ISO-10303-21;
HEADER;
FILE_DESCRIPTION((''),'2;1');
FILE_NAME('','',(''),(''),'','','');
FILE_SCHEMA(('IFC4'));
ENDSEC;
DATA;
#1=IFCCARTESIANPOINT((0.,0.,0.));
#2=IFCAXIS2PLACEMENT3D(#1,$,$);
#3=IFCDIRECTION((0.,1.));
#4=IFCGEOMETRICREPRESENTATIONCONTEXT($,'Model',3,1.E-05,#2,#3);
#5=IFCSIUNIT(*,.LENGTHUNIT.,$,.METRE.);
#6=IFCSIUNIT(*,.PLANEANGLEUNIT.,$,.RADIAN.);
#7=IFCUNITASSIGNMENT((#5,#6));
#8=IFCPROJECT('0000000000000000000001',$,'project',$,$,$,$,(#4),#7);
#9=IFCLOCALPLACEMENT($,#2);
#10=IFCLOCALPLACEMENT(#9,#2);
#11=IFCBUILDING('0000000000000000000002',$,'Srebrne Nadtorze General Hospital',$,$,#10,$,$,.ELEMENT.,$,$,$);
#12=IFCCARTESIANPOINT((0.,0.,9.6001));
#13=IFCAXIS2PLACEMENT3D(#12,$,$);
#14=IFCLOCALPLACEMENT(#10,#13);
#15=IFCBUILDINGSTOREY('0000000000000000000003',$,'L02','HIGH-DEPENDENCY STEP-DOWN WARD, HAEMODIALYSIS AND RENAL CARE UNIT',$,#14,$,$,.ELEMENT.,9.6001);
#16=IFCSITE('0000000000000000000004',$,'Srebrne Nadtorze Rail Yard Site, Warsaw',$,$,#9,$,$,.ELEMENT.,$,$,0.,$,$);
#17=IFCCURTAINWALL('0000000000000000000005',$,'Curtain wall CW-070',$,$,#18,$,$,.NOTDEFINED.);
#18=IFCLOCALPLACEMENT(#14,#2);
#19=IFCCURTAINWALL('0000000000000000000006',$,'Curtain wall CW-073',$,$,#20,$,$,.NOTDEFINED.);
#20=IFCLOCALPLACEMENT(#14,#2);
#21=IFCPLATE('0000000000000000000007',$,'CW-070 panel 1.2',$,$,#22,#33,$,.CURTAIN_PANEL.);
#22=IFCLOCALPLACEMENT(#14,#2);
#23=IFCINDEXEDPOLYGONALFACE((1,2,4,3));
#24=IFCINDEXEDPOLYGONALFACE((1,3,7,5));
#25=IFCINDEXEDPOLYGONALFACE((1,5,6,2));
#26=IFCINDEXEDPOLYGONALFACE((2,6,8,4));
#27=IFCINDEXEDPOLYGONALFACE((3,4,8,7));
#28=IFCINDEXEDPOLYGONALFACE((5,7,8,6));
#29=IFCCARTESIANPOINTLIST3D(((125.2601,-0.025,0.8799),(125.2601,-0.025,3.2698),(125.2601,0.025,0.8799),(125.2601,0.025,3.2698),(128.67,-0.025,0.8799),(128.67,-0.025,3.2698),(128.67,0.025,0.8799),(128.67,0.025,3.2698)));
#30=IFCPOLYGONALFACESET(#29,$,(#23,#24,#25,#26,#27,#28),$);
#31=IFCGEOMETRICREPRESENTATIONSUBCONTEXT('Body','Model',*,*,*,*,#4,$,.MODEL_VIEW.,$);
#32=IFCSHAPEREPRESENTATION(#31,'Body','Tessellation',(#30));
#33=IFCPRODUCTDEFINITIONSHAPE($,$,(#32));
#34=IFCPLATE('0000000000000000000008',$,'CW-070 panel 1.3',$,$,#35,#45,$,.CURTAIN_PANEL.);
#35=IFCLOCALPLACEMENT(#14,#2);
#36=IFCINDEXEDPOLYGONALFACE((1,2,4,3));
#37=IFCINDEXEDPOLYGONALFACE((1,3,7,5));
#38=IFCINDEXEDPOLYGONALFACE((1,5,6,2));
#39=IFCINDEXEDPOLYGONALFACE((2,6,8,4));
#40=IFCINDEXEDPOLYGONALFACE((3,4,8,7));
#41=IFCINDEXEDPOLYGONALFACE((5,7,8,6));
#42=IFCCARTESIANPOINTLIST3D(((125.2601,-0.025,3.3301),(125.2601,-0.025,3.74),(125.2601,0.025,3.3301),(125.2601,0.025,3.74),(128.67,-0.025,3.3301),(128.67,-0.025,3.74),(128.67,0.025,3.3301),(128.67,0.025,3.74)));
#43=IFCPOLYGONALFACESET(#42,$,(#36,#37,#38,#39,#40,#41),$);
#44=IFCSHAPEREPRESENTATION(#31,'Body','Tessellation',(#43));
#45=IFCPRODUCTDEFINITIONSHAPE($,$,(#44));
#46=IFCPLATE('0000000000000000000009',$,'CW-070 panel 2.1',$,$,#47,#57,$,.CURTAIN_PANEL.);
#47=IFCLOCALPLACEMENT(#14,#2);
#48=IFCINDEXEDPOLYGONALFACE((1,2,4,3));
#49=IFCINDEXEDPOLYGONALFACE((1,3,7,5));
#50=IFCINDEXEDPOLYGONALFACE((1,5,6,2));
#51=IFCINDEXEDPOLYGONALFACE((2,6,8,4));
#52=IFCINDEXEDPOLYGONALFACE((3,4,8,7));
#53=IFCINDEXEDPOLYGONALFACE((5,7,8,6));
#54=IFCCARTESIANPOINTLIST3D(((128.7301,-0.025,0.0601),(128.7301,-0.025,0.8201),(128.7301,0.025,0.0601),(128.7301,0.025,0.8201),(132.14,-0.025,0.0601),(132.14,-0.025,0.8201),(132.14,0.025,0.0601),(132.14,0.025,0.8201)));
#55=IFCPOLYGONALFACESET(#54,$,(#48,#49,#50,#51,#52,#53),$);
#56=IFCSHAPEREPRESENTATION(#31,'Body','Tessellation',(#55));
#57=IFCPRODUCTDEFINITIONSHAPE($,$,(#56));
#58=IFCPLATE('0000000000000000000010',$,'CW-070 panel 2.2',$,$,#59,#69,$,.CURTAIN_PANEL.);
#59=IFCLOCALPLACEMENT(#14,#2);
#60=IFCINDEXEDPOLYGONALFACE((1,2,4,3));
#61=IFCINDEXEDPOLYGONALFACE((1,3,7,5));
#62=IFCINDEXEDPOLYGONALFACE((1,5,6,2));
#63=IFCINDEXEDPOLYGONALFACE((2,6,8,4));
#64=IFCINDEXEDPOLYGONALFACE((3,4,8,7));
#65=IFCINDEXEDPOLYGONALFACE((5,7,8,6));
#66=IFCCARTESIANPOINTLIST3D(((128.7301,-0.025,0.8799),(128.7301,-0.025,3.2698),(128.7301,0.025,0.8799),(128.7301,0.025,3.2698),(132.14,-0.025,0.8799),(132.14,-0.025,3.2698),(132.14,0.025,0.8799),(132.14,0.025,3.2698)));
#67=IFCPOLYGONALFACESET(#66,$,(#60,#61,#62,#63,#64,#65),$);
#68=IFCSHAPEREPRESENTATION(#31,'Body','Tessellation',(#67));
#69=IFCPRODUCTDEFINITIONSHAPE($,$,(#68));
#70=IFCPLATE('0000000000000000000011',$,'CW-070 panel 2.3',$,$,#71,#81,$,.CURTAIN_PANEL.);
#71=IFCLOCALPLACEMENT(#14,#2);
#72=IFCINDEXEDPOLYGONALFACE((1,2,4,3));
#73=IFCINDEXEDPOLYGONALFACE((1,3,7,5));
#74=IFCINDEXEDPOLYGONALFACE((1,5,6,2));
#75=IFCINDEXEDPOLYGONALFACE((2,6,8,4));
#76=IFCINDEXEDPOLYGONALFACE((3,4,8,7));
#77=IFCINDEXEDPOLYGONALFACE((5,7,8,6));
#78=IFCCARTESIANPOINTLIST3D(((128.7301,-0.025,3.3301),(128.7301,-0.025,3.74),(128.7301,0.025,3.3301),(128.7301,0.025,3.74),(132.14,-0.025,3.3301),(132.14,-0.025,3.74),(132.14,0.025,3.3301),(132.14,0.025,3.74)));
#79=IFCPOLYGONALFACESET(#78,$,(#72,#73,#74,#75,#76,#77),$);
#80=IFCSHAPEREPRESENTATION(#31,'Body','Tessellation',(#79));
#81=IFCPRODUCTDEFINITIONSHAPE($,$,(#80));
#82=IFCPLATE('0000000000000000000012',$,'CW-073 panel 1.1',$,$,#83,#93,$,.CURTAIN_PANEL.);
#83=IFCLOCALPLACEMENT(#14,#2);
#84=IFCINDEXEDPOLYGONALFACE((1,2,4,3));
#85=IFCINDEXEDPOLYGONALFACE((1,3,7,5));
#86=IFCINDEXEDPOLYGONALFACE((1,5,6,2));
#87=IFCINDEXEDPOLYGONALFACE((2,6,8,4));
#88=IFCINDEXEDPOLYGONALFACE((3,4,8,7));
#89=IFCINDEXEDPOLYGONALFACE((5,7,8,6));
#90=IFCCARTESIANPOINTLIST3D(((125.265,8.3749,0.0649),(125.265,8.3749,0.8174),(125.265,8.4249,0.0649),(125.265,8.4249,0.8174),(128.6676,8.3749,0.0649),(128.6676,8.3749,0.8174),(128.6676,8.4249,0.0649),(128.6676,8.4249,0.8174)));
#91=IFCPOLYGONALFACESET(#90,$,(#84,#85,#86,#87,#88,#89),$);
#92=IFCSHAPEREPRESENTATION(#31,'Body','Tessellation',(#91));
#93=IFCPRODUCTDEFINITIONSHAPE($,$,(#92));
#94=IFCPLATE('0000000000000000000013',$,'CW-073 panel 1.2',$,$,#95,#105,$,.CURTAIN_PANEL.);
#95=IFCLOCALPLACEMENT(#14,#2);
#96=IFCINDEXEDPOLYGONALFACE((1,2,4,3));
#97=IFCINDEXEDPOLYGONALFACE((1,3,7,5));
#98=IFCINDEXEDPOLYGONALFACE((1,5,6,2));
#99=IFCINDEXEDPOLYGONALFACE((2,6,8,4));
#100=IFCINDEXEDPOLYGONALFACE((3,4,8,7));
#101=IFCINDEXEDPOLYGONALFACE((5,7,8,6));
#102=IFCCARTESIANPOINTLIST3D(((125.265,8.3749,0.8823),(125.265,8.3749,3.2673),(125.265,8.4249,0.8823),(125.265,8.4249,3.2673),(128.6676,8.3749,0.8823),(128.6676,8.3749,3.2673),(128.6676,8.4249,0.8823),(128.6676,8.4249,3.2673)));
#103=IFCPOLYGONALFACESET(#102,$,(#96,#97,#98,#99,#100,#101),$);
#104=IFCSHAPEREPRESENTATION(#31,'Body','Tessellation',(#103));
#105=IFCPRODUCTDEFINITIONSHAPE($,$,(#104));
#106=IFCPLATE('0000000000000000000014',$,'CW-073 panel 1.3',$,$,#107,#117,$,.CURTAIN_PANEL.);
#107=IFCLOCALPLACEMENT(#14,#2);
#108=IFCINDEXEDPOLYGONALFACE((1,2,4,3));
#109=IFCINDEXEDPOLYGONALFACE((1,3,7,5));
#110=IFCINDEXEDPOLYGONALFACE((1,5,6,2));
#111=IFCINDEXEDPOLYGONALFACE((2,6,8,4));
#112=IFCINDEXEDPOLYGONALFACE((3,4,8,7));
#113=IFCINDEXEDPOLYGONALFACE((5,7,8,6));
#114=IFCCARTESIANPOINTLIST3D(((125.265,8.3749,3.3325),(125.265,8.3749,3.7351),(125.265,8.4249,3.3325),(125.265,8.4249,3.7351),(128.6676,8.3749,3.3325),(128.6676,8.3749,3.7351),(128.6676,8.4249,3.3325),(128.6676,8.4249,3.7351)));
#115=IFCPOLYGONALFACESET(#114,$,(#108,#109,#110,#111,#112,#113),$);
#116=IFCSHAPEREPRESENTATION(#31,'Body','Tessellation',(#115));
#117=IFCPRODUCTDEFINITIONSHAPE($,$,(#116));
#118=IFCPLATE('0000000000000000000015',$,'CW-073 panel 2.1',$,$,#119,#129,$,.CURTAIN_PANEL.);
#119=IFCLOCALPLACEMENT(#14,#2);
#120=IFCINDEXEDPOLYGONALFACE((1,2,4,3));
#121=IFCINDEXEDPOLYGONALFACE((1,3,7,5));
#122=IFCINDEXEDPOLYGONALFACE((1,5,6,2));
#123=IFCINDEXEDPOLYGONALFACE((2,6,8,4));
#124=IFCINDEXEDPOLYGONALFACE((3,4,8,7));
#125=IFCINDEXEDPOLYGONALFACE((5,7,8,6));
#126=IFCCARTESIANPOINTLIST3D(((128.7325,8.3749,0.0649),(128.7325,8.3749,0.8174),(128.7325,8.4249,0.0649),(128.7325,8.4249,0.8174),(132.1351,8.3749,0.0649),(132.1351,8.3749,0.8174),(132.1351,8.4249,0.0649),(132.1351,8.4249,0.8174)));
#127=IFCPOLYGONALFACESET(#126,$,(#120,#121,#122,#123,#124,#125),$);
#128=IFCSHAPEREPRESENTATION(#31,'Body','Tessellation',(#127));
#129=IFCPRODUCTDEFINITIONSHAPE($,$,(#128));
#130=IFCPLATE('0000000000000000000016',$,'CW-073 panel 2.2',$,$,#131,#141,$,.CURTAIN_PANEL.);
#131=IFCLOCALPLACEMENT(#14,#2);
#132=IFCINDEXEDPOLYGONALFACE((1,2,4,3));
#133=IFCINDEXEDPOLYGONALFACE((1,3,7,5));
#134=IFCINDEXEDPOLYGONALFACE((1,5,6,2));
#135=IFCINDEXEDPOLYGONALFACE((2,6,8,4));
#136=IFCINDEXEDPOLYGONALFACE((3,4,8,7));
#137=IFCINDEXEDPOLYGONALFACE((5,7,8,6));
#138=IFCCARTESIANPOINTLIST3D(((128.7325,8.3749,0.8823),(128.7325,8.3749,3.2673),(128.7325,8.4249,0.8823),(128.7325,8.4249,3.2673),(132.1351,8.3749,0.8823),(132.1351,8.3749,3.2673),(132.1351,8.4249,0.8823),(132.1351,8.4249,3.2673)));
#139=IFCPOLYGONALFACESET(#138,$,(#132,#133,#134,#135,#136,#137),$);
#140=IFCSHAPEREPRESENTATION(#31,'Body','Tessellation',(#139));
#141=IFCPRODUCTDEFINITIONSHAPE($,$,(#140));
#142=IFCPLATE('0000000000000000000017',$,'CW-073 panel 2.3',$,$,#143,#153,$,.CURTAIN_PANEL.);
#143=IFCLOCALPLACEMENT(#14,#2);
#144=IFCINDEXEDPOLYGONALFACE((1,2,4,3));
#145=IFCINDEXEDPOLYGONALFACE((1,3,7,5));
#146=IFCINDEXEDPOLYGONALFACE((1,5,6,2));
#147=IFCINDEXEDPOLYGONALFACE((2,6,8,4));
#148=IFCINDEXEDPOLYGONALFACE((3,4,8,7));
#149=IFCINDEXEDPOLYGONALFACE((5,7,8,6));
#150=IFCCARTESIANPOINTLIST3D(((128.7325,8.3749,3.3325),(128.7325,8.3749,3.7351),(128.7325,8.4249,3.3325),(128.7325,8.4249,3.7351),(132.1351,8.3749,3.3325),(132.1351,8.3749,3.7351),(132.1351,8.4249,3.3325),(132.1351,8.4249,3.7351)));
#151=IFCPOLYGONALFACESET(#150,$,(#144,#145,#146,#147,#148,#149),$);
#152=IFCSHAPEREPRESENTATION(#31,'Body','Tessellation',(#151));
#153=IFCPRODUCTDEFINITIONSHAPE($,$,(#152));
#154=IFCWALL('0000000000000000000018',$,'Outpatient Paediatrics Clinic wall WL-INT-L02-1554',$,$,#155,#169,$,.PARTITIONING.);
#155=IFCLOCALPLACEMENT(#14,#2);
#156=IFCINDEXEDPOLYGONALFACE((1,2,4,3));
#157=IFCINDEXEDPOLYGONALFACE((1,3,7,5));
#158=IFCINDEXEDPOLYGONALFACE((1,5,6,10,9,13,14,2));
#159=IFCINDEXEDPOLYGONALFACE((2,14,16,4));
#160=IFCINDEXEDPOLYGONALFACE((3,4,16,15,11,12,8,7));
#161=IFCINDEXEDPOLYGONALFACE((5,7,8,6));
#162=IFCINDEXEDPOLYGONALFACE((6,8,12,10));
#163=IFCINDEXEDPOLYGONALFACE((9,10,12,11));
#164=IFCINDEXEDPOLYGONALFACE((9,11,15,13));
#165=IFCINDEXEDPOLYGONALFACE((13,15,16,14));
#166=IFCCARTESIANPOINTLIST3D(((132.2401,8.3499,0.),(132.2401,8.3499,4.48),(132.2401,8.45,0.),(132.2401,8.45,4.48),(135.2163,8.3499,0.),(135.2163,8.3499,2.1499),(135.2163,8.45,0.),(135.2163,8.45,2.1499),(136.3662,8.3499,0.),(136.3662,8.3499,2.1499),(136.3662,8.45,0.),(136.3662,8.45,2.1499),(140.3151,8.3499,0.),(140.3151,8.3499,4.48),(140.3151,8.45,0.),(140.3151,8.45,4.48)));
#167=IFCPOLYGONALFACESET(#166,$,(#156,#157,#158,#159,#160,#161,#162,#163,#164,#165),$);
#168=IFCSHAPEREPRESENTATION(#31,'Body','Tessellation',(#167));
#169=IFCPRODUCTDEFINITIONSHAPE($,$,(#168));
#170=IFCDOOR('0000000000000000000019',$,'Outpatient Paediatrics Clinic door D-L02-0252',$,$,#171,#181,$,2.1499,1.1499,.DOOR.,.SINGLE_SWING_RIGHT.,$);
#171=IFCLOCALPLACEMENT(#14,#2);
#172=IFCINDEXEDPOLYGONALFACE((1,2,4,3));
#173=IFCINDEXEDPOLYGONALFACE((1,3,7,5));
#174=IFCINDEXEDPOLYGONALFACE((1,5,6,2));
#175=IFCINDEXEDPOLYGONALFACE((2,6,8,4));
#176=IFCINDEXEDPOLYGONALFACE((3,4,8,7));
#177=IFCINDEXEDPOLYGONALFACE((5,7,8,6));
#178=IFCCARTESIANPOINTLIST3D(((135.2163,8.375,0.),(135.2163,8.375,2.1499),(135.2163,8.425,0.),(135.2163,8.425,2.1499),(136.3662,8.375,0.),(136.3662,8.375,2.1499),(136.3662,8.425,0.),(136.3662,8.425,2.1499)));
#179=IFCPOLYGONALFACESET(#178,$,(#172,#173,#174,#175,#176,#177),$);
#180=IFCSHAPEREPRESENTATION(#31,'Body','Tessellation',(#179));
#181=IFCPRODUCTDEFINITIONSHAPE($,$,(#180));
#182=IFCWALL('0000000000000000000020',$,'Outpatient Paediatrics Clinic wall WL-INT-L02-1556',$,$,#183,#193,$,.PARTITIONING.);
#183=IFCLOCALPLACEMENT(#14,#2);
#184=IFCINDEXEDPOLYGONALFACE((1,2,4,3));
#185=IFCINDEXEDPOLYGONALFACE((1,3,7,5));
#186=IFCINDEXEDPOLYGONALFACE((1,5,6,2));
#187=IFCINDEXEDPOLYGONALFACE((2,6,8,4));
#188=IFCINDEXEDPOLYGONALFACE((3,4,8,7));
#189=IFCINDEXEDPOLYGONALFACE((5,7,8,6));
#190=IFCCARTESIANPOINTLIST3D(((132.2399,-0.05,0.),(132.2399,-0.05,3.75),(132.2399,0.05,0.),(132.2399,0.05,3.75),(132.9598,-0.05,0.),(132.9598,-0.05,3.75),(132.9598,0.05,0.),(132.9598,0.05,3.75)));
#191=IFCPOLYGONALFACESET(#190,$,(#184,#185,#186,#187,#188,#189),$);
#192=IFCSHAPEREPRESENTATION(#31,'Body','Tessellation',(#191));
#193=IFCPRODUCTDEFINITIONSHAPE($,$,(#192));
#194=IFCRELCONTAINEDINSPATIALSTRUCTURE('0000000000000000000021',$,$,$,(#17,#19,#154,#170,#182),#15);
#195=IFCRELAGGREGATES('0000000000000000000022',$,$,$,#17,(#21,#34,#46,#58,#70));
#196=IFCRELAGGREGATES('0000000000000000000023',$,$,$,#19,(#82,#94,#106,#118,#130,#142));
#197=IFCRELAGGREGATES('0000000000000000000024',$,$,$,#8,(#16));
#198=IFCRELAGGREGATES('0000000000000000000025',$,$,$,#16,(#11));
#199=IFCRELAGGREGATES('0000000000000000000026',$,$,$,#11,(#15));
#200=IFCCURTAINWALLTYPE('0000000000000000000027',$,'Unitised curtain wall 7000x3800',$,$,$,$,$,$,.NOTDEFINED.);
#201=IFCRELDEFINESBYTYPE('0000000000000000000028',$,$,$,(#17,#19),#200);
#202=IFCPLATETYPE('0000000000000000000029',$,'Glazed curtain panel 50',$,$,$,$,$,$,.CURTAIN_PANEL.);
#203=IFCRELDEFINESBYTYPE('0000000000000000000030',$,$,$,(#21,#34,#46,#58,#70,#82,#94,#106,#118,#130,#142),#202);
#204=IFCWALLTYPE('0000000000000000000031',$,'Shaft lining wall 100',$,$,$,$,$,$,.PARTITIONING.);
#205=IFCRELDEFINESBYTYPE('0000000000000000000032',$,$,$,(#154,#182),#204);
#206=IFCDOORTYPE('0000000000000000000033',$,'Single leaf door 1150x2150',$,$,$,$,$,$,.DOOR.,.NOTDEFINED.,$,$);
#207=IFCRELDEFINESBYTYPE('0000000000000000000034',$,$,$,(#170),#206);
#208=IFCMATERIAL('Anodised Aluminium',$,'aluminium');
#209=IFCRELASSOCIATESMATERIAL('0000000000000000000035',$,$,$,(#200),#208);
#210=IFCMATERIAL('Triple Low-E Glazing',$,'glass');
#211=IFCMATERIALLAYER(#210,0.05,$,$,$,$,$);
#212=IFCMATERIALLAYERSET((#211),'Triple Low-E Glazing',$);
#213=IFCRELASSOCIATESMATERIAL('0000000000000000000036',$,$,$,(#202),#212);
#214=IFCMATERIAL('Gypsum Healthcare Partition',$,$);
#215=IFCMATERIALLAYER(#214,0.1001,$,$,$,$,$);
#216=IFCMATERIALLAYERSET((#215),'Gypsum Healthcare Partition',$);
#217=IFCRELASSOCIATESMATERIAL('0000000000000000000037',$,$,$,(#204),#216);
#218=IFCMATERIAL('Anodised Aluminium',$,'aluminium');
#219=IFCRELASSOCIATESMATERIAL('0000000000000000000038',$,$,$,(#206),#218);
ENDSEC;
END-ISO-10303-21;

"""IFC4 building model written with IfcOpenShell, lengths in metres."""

from ifc_helpers import new_model, si_unit, direction, frame, frame_2d, origin, origin_2d, place, context, subcontext, project, spatial, rectangle, extrude, material, layer, layer_set, type_object, element, fill, aggregate, save


model = new_model("IFC4")

# Units and contexts
model_context = context("Model", 3, precision=1e-05, world=origin(), true_north=direction((0.0, 1.0)))
body_context = subcontext(model_context, "Body", "Model", "MODEL_VIEW")
ifc_project = project(units=[si_unit("LENGTHUNIT", "METRE"), si_unit("PLANEANGLEUNIT", "RADIAN")], contexts=[model_context])

# Site, building, storey
site_placement = place(None, origin())
site = spatial("IfcSite", under=ifc_project, at=site_placement, Name="Srebrne Nadtorze Rail Yard Site, Warsaw", CompositionType="ELEMENT", RefElevation=0.0)
building_placement = place(site_placement, origin())
building = spatial("IfcBuilding", under=site, at=building_placement, Name="Srebrne Nadtorze General Hospital", CompositionType="ELEMENT")
storey_placement = place(building_placement, frame((0.0, 0.0, 9.6001)))
storey = spatial("IfcBuildingStorey", under=building, at=storey_placement, Name="L02", Description="HIGH-DEPENDENCY STEP-DOWN WARD, HAEMODIALYSIS AND RENAL CARE UNIT", CompositionType="ELEMENT", Elevation=9.6001)

# Curtain wall
ifc_material_1 = material(Name="Anodised Aluminium", Category="aluminium")
curtain_wall_type_1 = type_object("IfcCurtainWallType", Name="Unitised curtain wall 7000x3800", PredefinedType="NOTDEFINED", material=ifc_material_1)
curtain_wall_1_placement = place(storey_placement, origin())
curtain_wall_1 = element("IfcCurtainWall", 1, at=curtain_wall_1_placement, inside=storey, type_object=curtain_wall_type_1, Name="Curtain wall CW-070", PredefinedType="NOTDEFINED")

# Curtain wall
curtain_wall_2_placement = place(storey_placement, origin())
curtain_wall_2 = element("IfcCurtainWall", 2, at=curtain_wall_2_placement, inside=storey, type_object=curtain_wall_type_1, Name="Curtain wall CW-073", PredefinedType="NOTDEFINED")

# Plates
ifc_material_2 = material(Name="Triple Low-E Glazing", Category="glass")
ifc_layer_1 = layer(ifc_material_2, 0.05)
ifc_layer_set_1 = layer_set([ifc_layer_1], Name="Triple Low-E Glazing")
plate_type = type_object("IfcPlateType", Name="Glazed curtain panel 50", PredefinedType="CURTAIN_PANEL", material=ifc_layer_set_1)
plate_1_placement = place(storey_placement, frame((126.9651, 0.0, 0.8799), z_axis=(0.0, 0.0, 1.0), x_axis=(1.0, 0.0, 0.0)))
plate_1 = element("IfcPlate", 3, at=plate_1_placement, type_object=plate_type, Name="CW-070 panel 1.2", PredefinedType="CURTAIN_PANEL", context=body_context, shape_type="SweptSolid", body=[
    extrude(rectangle(XDim=3.4099, YDim=0.05, at=origin_2d()), origin(), (0.0, 0.0, 1.0), 2.3899),
])
plate_2_placement = place(storey_placement, frame((126.9651, 0.0, 3.3301), z_axis=(0.0, 0.0, 1.0), x_axis=(1.0, 0.0, 0.0)))
plate_2 = element("IfcPlate", 4, at=plate_2_placement, type_object=plate_type, Name="CW-070 panel 1.3", PredefinedType="CURTAIN_PANEL", context=body_context, shape_type="SweptSolid", body=[
    extrude(rectangle(XDim=3.4099, YDim=0.05, at=origin_2d()), origin(), (0.0, 0.0, 1.0), 0.4099),
])
plate_3_placement = place(storey_placement, frame((130.4351, 0.0, 0.0601), z_axis=(0.0, 0.0, 1.0), x_axis=(1.0, 0.0, 0.0)))
plate_3 = element("IfcPlate", 5, at=plate_3_placement, type_object=plate_type, Name="CW-070 panel 2.1", PredefinedType="CURTAIN_PANEL", context=body_context, shape_type="SweptSolid", body=[
    extrude(rectangle(XDim=3.4099, YDim=0.05, at=origin_2d()), origin(), (0.0, 0.0, 1.0), 0.76),
])
plate_4_placement = place(storey_placement, frame((130.4351, 0.0, 0.8799), z_axis=(0.0, 0.0, 1.0), x_axis=(1.0, 0.0, 0.0)))
plate_4 = element("IfcPlate", 6, at=plate_4_placement, type_object=plate_type, Name="CW-070 panel 2.2", PredefinedType="CURTAIN_PANEL", context=body_context, shape_type="SweptSolid", body=[
    extrude(rectangle(XDim=3.4099, YDim=0.05, at=origin_2d()), origin(), (0.0, 0.0, 1.0), 2.3899),
])
plate_5_placement = place(storey_placement, frame((130.4351, 0.0, 3.3301), z_axis=(0.0, 0.0, 1.0), x_axis=(1.0, 0.0, 0.0)))
plate_5 = element("IfcPlate", 7, at=plate_5_placement, type_object=plate_type, Name="CW-070 panel 2.3", PredefinedType="CURTAIN_PANEL", context=body_context, shape_type="SweptSolid", body=[
    extrude(rectangle(XDim=3.4099, YDim=0.05, at=origin_2d()), origin(), (0.0, 0.0, 1.0), 0.4099),
])
aggregate(curtain_wall_1, [plate_1, plate_2, plate_3, plate_4, plate_5])
plate_6_placement = place(storey_placement, frame((126.9663, 8.3999, 0.0649), z_axis=(0.0, 0.0, 1.0), x_axis=(1.0, 0.0, 0.0)))
plate_6 = element("IfcPlate", 8, at=plate_6_placement, type_object=plate_type, Name="CW-073 panel 1.1", PredefinedType="CURTAIN_PANEL", context=body_context, shape_type="SweptSolid", body=[
    extrude(rectangle(XDim=3.4026, YDim=0.05, at=origin_2d()), origin(), (0.0, 0.0, 1.0), 0.7524),
])
plate_7_placement = place(storey_placement, frame((126.9663, 8.3999, 0.8823), z_axis=(0.0, 0.0, 1.0), x_axis=(1.0, 0.0, 0.0)))
plate_7 = element("IfcPlate", 9, at=plate_7_placement, type_object=plate_type, Name="CW-073 panel 1.2", PredefinedType="CURTAIN_PANEL", context=body_context, shape_type="SweptSolid", body=[
    extrude(rectangle(XDim=3.4026, YDim=0.05, at=origin_2d()), origin(), (0.0, 0.0, 1.0), 2.385),
])
plate_8_placement = place(storey_placement, frame((126.9663, 8.3999, 3.3325), z_axis=(0.0, 0.0, 1.0), x_axis=(1.0, 0.0, 0.0)))
plate_8 = element("IfcPlate", 10, at=plate_8_placement, type_object=plate_type, Name="CW-073 panel 1.3", PredefinedType="CURTAIN_PANEL", context=body_context, shape_type="SweptSolid", body=[
    extrude(rectangle(XDim=3.4026, YDim=0.05, at=origin_2d()), origin(), (0.0, 0.0, 1.0), 0.4026),
])
plate_9_placement = place(storey_placement, frame((130.4338, 8.3999, 0.0649), z_axis=(0.0, 0.0, 1.0), x_axis=(1.0, 0.0, 0.0)))
plate_9 = element("IfcPlate", 11, at=plate_9_placement, type_object=plate_type, Name="CW-073 panel 2.1", PredefinedType="CURTAIN_PANEL", context=body_context, shape_type="SweptSolid", body=[
    extrude(rectangle(XDim=3.4026, YDim=0.05, at=origin_2d()), origin(), (0.0, 0.0, 1.0), 0.7524),
])
plate_10_placement = place(storey_placement, frame((130.4338, 8.3999, 0.8823), z_axis=(0.0, 0.0, 1.0), x_axis=(1.0, 0.0, 0.0)))
plate_10 = element("IfcPlate", 12, at=plate_10_placement, type_object=plate_type, Name="CW-073 panel 2.2", PredefinedType="CURTAIN_PANEL", context=body_context, shape_type="SweptSolid", body=[
    extrude(rectangle(XDim=3.4026, YDim=0.05, at=origin_2d()), origin(), (0.0, 0.0, 1.0), 2.385),
])
plate_11_placement = place(storey_placement, frame((130.4338, 8.3999, 3.3325), z_axis=(0.0, 0.0, 1.0), x_axis=(1.0, 0.0, 0.0)))
plate_11 = element("IfcPlate", 13, at=plate_11_placement, type_object=plate_type, Name="CW-073 panel 2.3", PredefinedType="CURTAIN_PANEL", context=body_context, shape_type="SweptSolid", body=[
    extrude(rectangle(XDim=3.4026, YDim=0.05, at=origin_2d()), origin(), (0.0, 0.0, 1.0), 0.4026),
])
aggregate(curtain_wall_2, [plate_6, plate_7, plate_8, plate_9, plate_10, plate_11])

# Wall, opening, door
ifc_material_3 = material(Name="Gypsum Healthcare Partition")
ifc_layer_2 = layer(ifc_material_3, 0.1001)
ifc_layer_set_2 = layer_set([ifc_layer_2], Name="Gypsum Healthcare Partition")
wall_type = type_object("IfcWallType", Name="Shaft lining wall 100", PredefinedType="PARTITIONING", material=ifc_layer_set_2)
wall_1_placement = place(storey_placement, frame((132.24, 8.3999, 0.0), z_axis=(0.0, 0.0, 1.0), x_axis=(1.0, 0.0, 0.0)))
wall_1 = element("IfcWall", 14, at=wall_1_placement, inside=storey, type_object=wall_type, Name="Outpatient Paediatrics Clinic wall WL-INT-L02-1554", PredefinedType="PARTITIONING", context=body_context, shape_type="SweptSolid", body=[
    extrude(rectangle(XDim=8.075, YDim=0.1001, at=frame_2d((4.0376, 0.0))), origin(), (0.0, 0.0, 1.0), 4.48),
])
opening_placement = place(wall_1_placement, frame((2.9763, 0.0, 0.0)))
opening = element("IfcOpeningElement", 15, at=opening_placement, cuts=wall_1, PredefinedType="OPENING", context=body_context, shape_type="SweptSolid", body=[
    extrude(rectangle(XDim=1.1499, YDim=2.1499, at=frame_2d((0.575, 1.075))), frame((0.0, 0.062, 0.0), z_axis=(0.0, -1.0, 0.0), x_axis=(1.0, 0.0, 0.0)), (0.0, 0.0, 1.0), 0.124),
])
ifc_material_4 = material(Name="Anodised Aluminium", Category="aluminium")
door_type = type_object("IfcDoorType", Name="Single leaf door 1150x2150", OperationType="NOTDEFINED", PredefinedType="DOOR", material=ifc_material_4)
door_placement = place(opening_placement, frame((1.1499, 0.0, 0.0), z_axis=(0.0, 0.0, 1.0), x_axis=(-1.0, 0.0, 0.0)))
door = element("IfcDoor", 16, at=door_placement, inside=storey, type_object=door_type, Name="Outpatient Paediatrics Clinic door D-L02-0252", OperationType="SINGLE_SWING_RIGHT", OverallHeight=2.1499, OverallWidth=1.1499, PredefinedType="DOOR", context=body_context, shape_type="SweptSolid", body=[
    extrude(rectangle(XDim=1.1499, YDim=2.1499, at=frame_2d((0.575, 1.075))), frame((0.0, 0.0249, 0.0), z_axis=(0.0, -1.0, 0.0), x_axis=(1.0, 0.0, 0.0)), (0.0, 0.0, 1.0), 0.05),
])
fill(opening, door)

# Wall
wall_2_placement = place(storey_placement, frame((132.24, 0.0, 0.0), z_axis=(0.0, 0.0, 1.0), x_axis=(1.0, 0.0, 0.0)))
element("IfcWall", 17, at=wall_2_placement, inside=storey, type_object=wall_type, Name="Outpatient Paediatrics Clinic wall WL-INT-L02-1556", PredefinedType="PARTITIONING", context=body_context, shape_type="SweptSolid", body=[
    extrude(rectangle(XDim=0.72, YDim=0.1001, at=frame_2d((0.3599, 0.0))), origin(), (0.0, 0.0, 1.0), 3.75),
])

save(model, "model.ifc")
